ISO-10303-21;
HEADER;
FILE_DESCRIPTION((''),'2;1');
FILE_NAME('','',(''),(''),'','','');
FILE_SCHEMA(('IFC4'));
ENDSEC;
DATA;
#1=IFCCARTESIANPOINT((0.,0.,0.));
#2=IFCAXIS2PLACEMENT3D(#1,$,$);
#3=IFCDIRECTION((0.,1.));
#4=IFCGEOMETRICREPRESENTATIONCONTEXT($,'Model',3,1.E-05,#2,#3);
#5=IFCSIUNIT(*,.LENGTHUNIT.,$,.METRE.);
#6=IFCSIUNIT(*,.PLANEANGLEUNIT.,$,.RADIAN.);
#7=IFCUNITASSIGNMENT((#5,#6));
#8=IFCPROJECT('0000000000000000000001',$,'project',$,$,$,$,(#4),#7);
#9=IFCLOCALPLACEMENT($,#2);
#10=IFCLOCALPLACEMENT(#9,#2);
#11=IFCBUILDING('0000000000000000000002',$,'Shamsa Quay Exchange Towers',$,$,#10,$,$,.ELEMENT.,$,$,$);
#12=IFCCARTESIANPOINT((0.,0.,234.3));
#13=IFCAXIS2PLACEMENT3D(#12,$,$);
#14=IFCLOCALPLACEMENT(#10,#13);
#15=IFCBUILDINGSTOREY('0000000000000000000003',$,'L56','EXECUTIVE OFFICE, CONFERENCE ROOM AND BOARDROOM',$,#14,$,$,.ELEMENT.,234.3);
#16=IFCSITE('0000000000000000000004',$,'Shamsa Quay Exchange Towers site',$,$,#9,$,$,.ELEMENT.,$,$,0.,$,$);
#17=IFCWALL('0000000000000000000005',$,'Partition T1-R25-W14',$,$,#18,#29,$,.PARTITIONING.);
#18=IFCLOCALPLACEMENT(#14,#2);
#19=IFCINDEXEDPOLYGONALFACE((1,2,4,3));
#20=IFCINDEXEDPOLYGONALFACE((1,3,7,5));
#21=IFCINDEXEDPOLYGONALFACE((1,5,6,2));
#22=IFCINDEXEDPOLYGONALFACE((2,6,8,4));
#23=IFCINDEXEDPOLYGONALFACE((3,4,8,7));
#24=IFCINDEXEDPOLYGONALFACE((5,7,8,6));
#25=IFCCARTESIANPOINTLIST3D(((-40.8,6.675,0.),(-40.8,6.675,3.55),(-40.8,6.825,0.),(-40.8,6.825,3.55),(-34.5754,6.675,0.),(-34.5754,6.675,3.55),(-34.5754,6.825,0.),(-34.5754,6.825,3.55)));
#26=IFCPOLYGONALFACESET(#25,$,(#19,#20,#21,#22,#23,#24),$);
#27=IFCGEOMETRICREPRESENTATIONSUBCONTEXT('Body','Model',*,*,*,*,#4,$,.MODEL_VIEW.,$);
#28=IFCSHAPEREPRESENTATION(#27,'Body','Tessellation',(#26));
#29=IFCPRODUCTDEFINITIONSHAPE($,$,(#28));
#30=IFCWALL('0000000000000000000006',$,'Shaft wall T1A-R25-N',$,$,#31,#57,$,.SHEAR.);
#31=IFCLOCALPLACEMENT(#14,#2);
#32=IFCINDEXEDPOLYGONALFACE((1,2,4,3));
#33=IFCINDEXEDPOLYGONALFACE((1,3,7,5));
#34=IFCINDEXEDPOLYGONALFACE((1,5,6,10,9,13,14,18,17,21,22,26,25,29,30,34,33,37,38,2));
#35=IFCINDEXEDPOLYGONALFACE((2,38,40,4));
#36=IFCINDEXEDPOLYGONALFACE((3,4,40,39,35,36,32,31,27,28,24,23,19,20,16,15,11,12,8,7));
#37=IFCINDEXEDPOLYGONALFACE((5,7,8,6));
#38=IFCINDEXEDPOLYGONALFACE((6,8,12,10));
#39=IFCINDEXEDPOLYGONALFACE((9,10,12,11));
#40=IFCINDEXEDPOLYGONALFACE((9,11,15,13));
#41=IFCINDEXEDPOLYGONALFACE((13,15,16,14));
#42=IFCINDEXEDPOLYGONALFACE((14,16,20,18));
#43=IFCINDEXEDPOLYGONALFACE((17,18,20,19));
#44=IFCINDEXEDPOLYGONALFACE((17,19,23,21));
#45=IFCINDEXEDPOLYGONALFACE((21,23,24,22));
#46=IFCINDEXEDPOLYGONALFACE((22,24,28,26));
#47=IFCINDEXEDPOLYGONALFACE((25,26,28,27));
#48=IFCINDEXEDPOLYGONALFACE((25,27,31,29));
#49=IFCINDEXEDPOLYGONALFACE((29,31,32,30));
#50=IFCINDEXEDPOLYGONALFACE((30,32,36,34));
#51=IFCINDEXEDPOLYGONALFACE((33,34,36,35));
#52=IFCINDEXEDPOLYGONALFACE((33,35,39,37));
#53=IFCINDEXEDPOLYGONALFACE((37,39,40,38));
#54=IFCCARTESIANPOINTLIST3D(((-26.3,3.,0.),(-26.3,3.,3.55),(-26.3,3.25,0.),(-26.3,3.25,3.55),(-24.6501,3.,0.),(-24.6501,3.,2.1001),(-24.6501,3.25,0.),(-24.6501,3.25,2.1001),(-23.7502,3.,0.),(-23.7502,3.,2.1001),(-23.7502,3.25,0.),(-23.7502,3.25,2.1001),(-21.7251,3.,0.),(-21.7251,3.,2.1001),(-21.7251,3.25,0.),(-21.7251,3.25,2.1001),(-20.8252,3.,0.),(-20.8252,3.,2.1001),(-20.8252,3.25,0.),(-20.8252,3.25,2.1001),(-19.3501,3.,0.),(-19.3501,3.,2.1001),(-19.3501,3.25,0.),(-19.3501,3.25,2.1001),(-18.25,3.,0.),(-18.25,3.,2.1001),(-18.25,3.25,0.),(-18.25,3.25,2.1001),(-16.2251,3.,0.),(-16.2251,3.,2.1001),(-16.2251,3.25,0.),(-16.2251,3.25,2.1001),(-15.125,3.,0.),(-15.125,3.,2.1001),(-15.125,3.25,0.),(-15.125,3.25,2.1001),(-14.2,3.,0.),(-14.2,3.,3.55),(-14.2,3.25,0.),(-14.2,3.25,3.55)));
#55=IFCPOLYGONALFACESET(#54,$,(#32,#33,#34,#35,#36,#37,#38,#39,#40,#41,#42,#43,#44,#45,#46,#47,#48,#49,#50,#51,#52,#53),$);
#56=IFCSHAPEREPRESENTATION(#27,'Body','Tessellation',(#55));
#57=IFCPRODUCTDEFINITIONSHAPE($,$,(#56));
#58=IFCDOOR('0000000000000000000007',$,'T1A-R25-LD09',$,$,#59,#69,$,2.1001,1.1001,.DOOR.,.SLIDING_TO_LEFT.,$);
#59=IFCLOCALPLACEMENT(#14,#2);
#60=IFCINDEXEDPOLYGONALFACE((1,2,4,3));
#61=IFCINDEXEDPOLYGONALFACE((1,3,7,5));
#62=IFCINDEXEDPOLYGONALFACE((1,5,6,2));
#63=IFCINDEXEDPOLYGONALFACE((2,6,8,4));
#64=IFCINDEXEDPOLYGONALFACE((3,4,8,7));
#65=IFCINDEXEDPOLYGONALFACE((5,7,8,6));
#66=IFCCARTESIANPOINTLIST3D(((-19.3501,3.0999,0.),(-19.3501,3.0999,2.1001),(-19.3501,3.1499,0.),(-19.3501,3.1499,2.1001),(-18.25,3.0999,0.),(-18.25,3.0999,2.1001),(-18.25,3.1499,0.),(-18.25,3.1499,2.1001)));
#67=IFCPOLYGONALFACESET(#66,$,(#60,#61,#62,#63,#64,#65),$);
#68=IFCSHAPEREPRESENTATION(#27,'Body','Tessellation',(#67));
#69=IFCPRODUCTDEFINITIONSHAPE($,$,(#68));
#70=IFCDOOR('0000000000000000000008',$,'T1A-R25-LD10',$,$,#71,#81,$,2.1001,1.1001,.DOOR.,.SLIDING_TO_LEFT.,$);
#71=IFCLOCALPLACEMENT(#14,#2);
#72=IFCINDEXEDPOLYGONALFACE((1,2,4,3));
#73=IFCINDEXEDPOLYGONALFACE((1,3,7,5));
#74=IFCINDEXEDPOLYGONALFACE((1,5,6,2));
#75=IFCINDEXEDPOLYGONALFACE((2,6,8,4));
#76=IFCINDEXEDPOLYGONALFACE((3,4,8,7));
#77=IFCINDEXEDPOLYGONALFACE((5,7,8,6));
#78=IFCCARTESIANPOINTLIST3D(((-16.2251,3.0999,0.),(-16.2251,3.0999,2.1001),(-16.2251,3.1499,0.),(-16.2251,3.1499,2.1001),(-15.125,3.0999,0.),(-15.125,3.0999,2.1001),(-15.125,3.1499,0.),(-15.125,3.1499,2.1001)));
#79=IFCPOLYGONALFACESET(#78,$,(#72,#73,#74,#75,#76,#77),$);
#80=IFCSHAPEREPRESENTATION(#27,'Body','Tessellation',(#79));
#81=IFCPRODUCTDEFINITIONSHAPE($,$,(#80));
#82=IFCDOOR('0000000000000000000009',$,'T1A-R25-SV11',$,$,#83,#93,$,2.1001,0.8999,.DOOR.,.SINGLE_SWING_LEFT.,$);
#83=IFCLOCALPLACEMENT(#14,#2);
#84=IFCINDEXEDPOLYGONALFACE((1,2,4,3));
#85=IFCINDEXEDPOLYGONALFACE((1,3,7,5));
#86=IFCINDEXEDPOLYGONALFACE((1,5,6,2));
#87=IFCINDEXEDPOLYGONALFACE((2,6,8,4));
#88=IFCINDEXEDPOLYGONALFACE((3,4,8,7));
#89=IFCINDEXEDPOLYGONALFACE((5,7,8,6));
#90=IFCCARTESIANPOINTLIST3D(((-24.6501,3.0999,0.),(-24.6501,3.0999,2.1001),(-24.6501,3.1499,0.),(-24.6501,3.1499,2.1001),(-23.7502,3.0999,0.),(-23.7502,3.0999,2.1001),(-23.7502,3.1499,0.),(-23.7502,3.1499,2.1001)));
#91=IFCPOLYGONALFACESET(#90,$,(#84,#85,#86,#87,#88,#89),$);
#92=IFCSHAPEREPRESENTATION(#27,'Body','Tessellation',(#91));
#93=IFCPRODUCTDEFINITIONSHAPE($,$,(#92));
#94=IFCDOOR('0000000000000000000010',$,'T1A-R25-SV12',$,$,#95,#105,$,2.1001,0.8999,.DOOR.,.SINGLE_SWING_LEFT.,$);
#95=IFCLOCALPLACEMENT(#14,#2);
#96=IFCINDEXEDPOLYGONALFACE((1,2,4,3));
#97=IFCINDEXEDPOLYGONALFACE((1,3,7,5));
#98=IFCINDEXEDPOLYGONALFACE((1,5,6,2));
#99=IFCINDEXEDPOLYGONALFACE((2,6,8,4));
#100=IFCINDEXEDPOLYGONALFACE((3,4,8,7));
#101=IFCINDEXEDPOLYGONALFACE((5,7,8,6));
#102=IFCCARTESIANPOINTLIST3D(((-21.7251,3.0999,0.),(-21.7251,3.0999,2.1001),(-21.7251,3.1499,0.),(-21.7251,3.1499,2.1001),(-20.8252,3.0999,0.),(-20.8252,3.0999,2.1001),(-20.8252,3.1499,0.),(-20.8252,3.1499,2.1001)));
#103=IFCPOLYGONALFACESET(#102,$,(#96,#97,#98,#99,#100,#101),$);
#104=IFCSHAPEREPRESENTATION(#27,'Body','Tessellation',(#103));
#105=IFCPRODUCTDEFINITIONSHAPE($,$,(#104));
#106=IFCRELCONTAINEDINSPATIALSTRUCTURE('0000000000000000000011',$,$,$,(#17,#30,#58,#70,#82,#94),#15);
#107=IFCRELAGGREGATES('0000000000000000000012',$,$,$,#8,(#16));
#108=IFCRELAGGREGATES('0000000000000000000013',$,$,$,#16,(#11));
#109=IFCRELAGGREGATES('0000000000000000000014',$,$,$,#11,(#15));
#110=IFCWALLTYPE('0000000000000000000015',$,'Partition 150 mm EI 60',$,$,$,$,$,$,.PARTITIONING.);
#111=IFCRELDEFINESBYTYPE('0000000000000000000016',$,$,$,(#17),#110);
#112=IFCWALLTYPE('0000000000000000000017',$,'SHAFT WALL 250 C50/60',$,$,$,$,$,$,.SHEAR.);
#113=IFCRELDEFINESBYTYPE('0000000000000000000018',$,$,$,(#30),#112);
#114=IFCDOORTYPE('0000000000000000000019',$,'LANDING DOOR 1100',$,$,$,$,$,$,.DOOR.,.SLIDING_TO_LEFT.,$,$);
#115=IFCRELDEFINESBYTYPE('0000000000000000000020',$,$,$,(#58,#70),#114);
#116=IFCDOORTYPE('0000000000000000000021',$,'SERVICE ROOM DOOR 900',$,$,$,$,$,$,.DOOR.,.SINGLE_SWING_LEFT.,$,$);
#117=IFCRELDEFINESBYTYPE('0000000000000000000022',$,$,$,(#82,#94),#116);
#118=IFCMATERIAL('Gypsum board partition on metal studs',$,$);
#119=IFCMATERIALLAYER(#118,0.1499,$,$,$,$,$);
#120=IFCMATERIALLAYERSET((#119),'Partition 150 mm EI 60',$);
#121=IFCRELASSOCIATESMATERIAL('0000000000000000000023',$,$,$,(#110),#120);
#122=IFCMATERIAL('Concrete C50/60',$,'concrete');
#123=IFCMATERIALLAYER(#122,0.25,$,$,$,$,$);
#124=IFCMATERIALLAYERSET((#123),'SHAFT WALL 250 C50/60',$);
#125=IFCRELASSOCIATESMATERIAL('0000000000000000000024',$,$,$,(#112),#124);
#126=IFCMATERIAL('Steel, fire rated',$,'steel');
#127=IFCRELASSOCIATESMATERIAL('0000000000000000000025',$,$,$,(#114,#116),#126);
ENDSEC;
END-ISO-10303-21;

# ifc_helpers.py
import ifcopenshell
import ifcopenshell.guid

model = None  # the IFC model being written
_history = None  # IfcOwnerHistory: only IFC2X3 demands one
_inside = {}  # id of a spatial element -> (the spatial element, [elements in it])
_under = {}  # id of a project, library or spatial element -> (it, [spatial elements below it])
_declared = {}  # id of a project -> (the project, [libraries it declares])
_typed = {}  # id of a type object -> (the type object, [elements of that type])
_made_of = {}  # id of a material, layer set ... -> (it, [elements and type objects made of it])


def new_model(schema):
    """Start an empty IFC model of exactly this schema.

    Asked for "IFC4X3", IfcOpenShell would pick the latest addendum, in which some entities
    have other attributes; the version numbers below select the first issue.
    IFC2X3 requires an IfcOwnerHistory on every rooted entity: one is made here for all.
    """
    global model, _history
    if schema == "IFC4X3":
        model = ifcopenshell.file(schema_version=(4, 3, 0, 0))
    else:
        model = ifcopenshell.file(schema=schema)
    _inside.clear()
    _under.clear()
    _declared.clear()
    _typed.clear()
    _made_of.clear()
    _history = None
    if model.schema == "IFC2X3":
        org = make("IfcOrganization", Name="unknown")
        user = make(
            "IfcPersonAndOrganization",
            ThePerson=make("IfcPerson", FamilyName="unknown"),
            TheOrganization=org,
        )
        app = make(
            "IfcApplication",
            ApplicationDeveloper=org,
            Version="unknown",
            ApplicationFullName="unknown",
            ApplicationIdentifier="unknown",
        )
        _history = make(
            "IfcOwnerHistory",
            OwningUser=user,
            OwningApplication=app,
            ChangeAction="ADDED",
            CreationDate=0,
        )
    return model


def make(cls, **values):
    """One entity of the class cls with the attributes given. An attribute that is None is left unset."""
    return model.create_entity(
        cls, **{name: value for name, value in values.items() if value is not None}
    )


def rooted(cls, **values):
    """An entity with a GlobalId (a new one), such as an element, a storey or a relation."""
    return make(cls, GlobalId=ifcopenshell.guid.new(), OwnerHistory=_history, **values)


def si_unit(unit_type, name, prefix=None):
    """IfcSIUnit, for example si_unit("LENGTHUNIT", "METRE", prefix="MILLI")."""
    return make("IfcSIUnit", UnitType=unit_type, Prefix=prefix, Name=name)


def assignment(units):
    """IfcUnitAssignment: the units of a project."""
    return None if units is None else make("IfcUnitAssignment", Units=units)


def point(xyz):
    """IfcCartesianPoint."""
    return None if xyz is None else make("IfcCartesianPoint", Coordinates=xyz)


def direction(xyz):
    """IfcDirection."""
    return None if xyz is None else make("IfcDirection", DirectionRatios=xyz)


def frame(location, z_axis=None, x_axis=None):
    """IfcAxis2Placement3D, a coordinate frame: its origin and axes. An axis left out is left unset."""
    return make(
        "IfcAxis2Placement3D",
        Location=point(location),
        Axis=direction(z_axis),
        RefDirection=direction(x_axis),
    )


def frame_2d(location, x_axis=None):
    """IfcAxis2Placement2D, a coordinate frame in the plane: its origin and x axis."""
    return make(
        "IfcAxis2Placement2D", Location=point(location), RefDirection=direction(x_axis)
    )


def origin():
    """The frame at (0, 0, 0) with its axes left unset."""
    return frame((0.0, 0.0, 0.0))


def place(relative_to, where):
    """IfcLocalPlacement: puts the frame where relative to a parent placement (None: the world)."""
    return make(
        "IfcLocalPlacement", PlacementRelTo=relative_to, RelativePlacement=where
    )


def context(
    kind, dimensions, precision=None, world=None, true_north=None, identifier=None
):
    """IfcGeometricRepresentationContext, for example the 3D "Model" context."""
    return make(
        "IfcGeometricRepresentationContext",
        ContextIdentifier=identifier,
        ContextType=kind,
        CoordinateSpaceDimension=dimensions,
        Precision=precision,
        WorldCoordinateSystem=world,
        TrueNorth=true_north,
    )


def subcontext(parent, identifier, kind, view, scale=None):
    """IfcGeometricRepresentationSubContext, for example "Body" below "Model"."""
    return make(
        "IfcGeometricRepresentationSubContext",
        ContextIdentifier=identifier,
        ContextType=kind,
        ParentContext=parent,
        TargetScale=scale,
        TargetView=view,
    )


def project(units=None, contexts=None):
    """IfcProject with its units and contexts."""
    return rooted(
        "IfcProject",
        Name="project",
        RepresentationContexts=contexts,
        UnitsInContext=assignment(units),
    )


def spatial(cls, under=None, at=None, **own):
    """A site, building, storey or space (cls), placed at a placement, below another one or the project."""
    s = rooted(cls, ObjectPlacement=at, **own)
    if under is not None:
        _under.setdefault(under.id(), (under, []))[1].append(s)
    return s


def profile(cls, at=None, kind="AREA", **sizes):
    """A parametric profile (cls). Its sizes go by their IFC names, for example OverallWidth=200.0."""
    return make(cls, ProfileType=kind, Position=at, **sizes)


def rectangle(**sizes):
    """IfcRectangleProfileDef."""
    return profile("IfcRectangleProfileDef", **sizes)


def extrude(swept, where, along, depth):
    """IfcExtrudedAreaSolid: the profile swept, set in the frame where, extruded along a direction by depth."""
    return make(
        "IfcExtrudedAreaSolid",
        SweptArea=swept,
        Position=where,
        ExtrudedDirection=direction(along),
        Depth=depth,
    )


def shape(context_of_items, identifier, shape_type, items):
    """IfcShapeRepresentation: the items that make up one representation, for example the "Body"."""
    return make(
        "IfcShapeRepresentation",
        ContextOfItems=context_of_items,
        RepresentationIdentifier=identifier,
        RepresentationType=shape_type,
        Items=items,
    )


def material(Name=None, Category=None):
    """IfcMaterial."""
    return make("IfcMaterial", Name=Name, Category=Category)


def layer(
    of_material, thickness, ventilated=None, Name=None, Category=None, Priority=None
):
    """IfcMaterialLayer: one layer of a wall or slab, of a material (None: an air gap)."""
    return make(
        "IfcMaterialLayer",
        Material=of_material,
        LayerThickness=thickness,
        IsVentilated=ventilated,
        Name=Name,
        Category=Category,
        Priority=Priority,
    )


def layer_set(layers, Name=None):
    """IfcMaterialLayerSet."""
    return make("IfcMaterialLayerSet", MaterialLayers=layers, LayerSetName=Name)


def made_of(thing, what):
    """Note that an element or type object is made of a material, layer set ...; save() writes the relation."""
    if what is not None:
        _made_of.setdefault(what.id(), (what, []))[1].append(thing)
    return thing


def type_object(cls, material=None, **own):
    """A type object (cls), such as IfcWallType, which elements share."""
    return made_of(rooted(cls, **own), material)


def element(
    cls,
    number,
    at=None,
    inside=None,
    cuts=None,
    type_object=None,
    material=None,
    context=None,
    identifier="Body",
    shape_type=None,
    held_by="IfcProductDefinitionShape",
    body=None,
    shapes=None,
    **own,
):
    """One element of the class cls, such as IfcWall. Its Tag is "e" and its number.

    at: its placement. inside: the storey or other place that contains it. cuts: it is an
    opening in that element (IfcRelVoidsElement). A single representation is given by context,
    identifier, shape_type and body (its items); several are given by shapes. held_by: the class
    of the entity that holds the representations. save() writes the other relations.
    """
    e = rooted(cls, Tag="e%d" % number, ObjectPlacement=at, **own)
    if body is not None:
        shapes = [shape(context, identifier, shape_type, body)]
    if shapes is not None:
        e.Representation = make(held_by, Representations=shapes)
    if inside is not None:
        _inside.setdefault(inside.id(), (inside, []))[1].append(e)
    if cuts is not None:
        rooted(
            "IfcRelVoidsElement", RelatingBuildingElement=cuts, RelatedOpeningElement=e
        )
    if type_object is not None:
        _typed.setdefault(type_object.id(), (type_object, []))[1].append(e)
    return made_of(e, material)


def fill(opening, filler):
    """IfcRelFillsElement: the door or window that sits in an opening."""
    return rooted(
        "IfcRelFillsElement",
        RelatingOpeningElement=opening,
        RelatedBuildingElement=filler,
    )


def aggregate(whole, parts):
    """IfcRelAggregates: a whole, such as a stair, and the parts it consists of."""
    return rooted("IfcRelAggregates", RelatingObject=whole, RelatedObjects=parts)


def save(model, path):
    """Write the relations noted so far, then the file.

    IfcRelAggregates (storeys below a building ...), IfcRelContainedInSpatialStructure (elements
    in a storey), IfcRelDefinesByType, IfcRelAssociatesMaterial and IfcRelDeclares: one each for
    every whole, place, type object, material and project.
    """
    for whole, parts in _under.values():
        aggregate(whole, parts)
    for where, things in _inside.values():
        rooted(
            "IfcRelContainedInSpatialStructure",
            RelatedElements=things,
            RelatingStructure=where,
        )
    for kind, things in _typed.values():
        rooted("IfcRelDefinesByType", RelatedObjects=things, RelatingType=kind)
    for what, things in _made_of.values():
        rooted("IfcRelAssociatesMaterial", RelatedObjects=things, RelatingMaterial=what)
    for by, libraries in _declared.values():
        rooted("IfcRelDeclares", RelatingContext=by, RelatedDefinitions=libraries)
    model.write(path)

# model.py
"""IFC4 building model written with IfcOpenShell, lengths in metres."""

from ifc_helpers import new_model, si_unit, direction, frame, frame_2d, origin, place, context, subcontext, project, spatial, rectangle, extrude, material, layer, layer_set, type_object, element, fill, save


model = new_model("IFC4")

# Units and contexts
model_context = context("Model", 3, precision=1e-05, world=origin(), true_north=direction((0.0, 1.0)))
body_context = subcontext(model_context, "Body", "Model", "MODEL_VIEW")
ifc_project = project(units=[si_unit("LENGTHUNIT", "METRE"), si_unit("PLANEANGLEUNIT", "RADIAN")], contexts=[model_context])

# Site, building, storey
site_placement = place(None, origin())
site = spatial("IfcSite", under=ifc_project, at=site_placement, Name="Shamsa Quay Exchange Towers site", CompositionType="ELEMENT", RefElevation=0.0)
building_placement = place(site_placement, origin())
building = spatial("IfcBuilding", under=site, at=building_placement, Name="Shamsa Quay Exchange Towers", CompositionType="ELEMENT")
storey_placement = place(building_placement, frame((0.0, 0.0, 234.3)))
storey = spatial("IfcBuildingStorey", under=building, at=storey_placement, Name="L56", Description="EXECUTIVE OFFICE, CONFERENCE ROOM AND BOARDROOM", CompositionType="ELEMENT", Elevation=234.3)

# Shared definitions
ifc_material_1 = material(Name="Steel, fire rated", Category="steel")
ifc_material_2 = material(Name="Gypsum board partition on metal studs")
ifc_layer_1 = layer(ifc_material_2, 0.1499)
ifc_layer_set_1 = layer_set([ifc_layer_1], Name="Partition 150 mm EI 60")
wall_type_1 = type_object("IfcWallType", Name="Partition 150 mm EI 60", PredefinedType="PARTITIONING", material=ifc_layer_set_1)

# Wall
wall_1_placement = place(storey_placement, frame((-34.5754, 6.75, 0.0), z_axis=(0.0, 0.0, 1.0), x_axis=(-1.0, 0.0, 0.0)))
element("IfcWall", 1, at=wall_1_placement, inside=storey, type_object=wall_type_1, Name="Partition T1-R25-W14", PredefinedType="PARTITIONING", context=body_context, shape_type="SweptSolid", body=[
    extrude(rectangle(XDim=6.2246, YDim=0.1499, at=frame_2d((3.1123, 0.0))), origin(), (0.0, 0.0, 1.0), 3.55),
])

# Wall, openings, doors
ifc_material_3 = material(Name="Concrete C50/60", Category="concrete")
ifc_layer_2 = layer(ifc_material_3, 0.25)
ifc_layer_set_2 = layer_set([ifc_layer_2], Name="SHAFT WALL 250 C50/60")
wall_type_2 = type_object("IfcWallType", Name="SHAFT WALL 250 C50/60", PredefinedType="SHEAR", material=ifc_layer_set_2)
wall_2_placement = place(storey_placement, frame((-26.3, 3.125, 0.0)))
wall_2 = element("IfcWall", 2, at=wall_2_placement, inside=storey, type_object=wall_type_2, Name="Shaft wall T1A-R25-N", PredefinedType="SHEAR", context=body_context, shape_type="SweptSolid", body=[
    extrude(rectangle(XDim=12.1001, YDim=0.25, at=frame_2d((6.05, 0.0))), origin(), (0.0, 0.0, 1.0), 3.55),
])
opening_1_placement = place(wall_2_placement, frame((6.95, 0.0, 0.0)))
opening_1 = element("IfcOpeningElement", 3, at=opening_1_placement, cuts=wall_2, PredefinedType="OPENING", context=body_context, shape_type="SweptSolid", body=[
    extrude(rectangle(XDim=1.1001, YDim=2.1001, at=frame_2d((0.55, 1.05))), frame((0.0, 0.135, 0.0), z_axis=(0.0, -1.0, 0.0), x_axis=(1.0, 0.0, 0.0)), (0.0, 0.0, 1.0), 0.27),
])
opening_2_placement = place(wall_2_placement, frame((10.075, 0.0, 0.0)))
opening_2 = element("IfcOpeningElement", 4, at=opening_2_placement, cuts=wall_2, PredefinedType="OPENING", context=body_context, shape_type="SweptSolid", body=[
    extrude(rectangle(XDim=1.1001, YDim=2.1001, at=frame_2d((0.55, 1.05))), frame((0.0, 0.135, 0.0), z_axis=(0.0, -1.0, 0.0), x_axis=(1.0, 0.0, 0.0)), (0.0, 0.0, 1.0), 0.27),
])
opening_3_placement = place(wall_2_placement, frame((1.6499, 0.0, 0.0)))
opening_3 = element("IfcOpeningElement", 5, at=opening_3_placement, cuts=wall_2, PredefinedType="OPENING", context=body_context, shape_type="SweptSolid", body=[
    extrude(rectangle(XDim=0.8999, YDim=2.1001, at=frame_2d((0.45, 1.05))), frame((0.0, 0.135, 0.0), z_axis=(0.0, -1.0, 0.0), x_axis=(1.0, 0.0, 0.0)), (0.0, 0.0, 1.0), 0.27),
])
opening_4_placement = place(wall_2_placement, frame((4.575, 0.0, 0.0)))
opening_4 = element("IfcOpeningElement", 6, at=opening_4_placement, cuts=wall_2, PredefinedType="OPENING", context=body_context, shape_type="SweptSolid", body=[
    extrude(rectangle(XDim=0.8999, YDim=2.1001, at=frame_2d((0.45, 1.05))), frame((0.0, 0.135, 0.0), z_axis=(0.0, -1.0, 0.0), x_axis=(1.0, 0.0, 0.0)), (0.0, 0.0, 1.0), 0.27),
])
door_type_1 = type_object("IfcDoorType", Name="LANDING DOOR 1100", OperationType="SLIDING_TO_LEFT", PredefinedType="DOOR", material=ifc_material_1)
door_1_placement = place(opening_1_placement, origin())
door_1 = element("IfcDoor", 7, at=door_1_placement, inside=storey, type_object=door_type_1, Name="T1A-R25-LD09", OperationType="SLIDING_TO_LEFT", OverallHeight=2.1001, OverallWidth=1.1001, PredefinedType="DOOR", context=body_context, shape_type="SweptSolid", body=[
    extrude(rectangle(XDim=1.1001, YDim=2.1001, at=frame_2d((0.55, 1.05))), frame((0.0, 0.0249, 0.0), z_axis=(0.0, -1.0, 0.0), x_axis=(1.0, 0.0, 0.0)), (0.0, 0.0, 1.0), 0.05),
])
fill(opening_1, door_1)
door_2_placement = place(opening_2_placement, origin())
door_2 = element("IfcDoor", 8, at=door_2_placement, inside=storey, type_object=door_type_1, Name="T1A-R25-LD10", OperationType="SLIDING_TO_LEFT", OverallHeight=2.1001, OverallWidth=1.1001, PredefinedType="DOOR", context=body_context, shape_type="SweptSolid", body=[
    extrude(rectangle(XDim=1.1001, YDim=2.1001, at=frame_2d((0.55, 1.05))), frame((0.0, 0.0249, 0.0), z_axis=(0.0, -1.0, 0.0), x_axis=(1.0, 0.0, 0.0)), (0.0, 0.0, 1.0), 0.05),
])
fill(opening_2, door_2)
door_type_2 = type_object("IfcDoorType", Name="SERVICE ROOM DOOR 900", OperationType="SINGLE_SWING_LEFT", PredefinedType="DOOR", material=ifc_material_1)
door_3_placement = place(opening_3_placement, origin())
door_3 = element("IfcDoor", 9, at=door_3_placement, inside=storey, type_object=door_type_2, Name="T1A-R25-SV11", OperationType="SINGLE_SWING_LEFT", OverallHeight=2.1001, OverallWidth=0.8999, PredefinedType="DOOR", context=body_context, shape_type="SweptSolid", body=[
    extrude(rectangle(XDim=0.8999, YDim=2.1001, at=frame_2d((0.45, 1.05))), frame((0.0, 0.0249, 0.0), z_axis=(0.0, -1.0, 0.0), x_axis=(1.0, 0.0, 0.0)), (0.0, 0.0, 1.0), 0.05),
])
fill(opening_3, door_3)
door_4_placement = place(opening_4_placement, origin())
door_4 = element("IfcDoor", 10, at=door_4_placement, inside=storey, type_object=door_type_2, Name="T1A-R25-SV12", OperationType="SINGLE_SWING_LEFT", OverallHeight=2.1001, OverallWidth=0.8999, PredefinedType="DOOR", context=body_context, shape_type="SweptSolid", body=[
    extrude(rectangle(XDim=0.8999, YDim=2.1001, at=frame_2d((0.45, 1.05))), frame((0.0, 0.0249, 0.0), z_axis=(0.0, -1.0, 0.0), x_axis=(1.0, 0.0, 0.0)), (0.0, 0.0, 1.0), 0.05),
])
fill(opening_4, door_4)

save(model, "model.ifc")
